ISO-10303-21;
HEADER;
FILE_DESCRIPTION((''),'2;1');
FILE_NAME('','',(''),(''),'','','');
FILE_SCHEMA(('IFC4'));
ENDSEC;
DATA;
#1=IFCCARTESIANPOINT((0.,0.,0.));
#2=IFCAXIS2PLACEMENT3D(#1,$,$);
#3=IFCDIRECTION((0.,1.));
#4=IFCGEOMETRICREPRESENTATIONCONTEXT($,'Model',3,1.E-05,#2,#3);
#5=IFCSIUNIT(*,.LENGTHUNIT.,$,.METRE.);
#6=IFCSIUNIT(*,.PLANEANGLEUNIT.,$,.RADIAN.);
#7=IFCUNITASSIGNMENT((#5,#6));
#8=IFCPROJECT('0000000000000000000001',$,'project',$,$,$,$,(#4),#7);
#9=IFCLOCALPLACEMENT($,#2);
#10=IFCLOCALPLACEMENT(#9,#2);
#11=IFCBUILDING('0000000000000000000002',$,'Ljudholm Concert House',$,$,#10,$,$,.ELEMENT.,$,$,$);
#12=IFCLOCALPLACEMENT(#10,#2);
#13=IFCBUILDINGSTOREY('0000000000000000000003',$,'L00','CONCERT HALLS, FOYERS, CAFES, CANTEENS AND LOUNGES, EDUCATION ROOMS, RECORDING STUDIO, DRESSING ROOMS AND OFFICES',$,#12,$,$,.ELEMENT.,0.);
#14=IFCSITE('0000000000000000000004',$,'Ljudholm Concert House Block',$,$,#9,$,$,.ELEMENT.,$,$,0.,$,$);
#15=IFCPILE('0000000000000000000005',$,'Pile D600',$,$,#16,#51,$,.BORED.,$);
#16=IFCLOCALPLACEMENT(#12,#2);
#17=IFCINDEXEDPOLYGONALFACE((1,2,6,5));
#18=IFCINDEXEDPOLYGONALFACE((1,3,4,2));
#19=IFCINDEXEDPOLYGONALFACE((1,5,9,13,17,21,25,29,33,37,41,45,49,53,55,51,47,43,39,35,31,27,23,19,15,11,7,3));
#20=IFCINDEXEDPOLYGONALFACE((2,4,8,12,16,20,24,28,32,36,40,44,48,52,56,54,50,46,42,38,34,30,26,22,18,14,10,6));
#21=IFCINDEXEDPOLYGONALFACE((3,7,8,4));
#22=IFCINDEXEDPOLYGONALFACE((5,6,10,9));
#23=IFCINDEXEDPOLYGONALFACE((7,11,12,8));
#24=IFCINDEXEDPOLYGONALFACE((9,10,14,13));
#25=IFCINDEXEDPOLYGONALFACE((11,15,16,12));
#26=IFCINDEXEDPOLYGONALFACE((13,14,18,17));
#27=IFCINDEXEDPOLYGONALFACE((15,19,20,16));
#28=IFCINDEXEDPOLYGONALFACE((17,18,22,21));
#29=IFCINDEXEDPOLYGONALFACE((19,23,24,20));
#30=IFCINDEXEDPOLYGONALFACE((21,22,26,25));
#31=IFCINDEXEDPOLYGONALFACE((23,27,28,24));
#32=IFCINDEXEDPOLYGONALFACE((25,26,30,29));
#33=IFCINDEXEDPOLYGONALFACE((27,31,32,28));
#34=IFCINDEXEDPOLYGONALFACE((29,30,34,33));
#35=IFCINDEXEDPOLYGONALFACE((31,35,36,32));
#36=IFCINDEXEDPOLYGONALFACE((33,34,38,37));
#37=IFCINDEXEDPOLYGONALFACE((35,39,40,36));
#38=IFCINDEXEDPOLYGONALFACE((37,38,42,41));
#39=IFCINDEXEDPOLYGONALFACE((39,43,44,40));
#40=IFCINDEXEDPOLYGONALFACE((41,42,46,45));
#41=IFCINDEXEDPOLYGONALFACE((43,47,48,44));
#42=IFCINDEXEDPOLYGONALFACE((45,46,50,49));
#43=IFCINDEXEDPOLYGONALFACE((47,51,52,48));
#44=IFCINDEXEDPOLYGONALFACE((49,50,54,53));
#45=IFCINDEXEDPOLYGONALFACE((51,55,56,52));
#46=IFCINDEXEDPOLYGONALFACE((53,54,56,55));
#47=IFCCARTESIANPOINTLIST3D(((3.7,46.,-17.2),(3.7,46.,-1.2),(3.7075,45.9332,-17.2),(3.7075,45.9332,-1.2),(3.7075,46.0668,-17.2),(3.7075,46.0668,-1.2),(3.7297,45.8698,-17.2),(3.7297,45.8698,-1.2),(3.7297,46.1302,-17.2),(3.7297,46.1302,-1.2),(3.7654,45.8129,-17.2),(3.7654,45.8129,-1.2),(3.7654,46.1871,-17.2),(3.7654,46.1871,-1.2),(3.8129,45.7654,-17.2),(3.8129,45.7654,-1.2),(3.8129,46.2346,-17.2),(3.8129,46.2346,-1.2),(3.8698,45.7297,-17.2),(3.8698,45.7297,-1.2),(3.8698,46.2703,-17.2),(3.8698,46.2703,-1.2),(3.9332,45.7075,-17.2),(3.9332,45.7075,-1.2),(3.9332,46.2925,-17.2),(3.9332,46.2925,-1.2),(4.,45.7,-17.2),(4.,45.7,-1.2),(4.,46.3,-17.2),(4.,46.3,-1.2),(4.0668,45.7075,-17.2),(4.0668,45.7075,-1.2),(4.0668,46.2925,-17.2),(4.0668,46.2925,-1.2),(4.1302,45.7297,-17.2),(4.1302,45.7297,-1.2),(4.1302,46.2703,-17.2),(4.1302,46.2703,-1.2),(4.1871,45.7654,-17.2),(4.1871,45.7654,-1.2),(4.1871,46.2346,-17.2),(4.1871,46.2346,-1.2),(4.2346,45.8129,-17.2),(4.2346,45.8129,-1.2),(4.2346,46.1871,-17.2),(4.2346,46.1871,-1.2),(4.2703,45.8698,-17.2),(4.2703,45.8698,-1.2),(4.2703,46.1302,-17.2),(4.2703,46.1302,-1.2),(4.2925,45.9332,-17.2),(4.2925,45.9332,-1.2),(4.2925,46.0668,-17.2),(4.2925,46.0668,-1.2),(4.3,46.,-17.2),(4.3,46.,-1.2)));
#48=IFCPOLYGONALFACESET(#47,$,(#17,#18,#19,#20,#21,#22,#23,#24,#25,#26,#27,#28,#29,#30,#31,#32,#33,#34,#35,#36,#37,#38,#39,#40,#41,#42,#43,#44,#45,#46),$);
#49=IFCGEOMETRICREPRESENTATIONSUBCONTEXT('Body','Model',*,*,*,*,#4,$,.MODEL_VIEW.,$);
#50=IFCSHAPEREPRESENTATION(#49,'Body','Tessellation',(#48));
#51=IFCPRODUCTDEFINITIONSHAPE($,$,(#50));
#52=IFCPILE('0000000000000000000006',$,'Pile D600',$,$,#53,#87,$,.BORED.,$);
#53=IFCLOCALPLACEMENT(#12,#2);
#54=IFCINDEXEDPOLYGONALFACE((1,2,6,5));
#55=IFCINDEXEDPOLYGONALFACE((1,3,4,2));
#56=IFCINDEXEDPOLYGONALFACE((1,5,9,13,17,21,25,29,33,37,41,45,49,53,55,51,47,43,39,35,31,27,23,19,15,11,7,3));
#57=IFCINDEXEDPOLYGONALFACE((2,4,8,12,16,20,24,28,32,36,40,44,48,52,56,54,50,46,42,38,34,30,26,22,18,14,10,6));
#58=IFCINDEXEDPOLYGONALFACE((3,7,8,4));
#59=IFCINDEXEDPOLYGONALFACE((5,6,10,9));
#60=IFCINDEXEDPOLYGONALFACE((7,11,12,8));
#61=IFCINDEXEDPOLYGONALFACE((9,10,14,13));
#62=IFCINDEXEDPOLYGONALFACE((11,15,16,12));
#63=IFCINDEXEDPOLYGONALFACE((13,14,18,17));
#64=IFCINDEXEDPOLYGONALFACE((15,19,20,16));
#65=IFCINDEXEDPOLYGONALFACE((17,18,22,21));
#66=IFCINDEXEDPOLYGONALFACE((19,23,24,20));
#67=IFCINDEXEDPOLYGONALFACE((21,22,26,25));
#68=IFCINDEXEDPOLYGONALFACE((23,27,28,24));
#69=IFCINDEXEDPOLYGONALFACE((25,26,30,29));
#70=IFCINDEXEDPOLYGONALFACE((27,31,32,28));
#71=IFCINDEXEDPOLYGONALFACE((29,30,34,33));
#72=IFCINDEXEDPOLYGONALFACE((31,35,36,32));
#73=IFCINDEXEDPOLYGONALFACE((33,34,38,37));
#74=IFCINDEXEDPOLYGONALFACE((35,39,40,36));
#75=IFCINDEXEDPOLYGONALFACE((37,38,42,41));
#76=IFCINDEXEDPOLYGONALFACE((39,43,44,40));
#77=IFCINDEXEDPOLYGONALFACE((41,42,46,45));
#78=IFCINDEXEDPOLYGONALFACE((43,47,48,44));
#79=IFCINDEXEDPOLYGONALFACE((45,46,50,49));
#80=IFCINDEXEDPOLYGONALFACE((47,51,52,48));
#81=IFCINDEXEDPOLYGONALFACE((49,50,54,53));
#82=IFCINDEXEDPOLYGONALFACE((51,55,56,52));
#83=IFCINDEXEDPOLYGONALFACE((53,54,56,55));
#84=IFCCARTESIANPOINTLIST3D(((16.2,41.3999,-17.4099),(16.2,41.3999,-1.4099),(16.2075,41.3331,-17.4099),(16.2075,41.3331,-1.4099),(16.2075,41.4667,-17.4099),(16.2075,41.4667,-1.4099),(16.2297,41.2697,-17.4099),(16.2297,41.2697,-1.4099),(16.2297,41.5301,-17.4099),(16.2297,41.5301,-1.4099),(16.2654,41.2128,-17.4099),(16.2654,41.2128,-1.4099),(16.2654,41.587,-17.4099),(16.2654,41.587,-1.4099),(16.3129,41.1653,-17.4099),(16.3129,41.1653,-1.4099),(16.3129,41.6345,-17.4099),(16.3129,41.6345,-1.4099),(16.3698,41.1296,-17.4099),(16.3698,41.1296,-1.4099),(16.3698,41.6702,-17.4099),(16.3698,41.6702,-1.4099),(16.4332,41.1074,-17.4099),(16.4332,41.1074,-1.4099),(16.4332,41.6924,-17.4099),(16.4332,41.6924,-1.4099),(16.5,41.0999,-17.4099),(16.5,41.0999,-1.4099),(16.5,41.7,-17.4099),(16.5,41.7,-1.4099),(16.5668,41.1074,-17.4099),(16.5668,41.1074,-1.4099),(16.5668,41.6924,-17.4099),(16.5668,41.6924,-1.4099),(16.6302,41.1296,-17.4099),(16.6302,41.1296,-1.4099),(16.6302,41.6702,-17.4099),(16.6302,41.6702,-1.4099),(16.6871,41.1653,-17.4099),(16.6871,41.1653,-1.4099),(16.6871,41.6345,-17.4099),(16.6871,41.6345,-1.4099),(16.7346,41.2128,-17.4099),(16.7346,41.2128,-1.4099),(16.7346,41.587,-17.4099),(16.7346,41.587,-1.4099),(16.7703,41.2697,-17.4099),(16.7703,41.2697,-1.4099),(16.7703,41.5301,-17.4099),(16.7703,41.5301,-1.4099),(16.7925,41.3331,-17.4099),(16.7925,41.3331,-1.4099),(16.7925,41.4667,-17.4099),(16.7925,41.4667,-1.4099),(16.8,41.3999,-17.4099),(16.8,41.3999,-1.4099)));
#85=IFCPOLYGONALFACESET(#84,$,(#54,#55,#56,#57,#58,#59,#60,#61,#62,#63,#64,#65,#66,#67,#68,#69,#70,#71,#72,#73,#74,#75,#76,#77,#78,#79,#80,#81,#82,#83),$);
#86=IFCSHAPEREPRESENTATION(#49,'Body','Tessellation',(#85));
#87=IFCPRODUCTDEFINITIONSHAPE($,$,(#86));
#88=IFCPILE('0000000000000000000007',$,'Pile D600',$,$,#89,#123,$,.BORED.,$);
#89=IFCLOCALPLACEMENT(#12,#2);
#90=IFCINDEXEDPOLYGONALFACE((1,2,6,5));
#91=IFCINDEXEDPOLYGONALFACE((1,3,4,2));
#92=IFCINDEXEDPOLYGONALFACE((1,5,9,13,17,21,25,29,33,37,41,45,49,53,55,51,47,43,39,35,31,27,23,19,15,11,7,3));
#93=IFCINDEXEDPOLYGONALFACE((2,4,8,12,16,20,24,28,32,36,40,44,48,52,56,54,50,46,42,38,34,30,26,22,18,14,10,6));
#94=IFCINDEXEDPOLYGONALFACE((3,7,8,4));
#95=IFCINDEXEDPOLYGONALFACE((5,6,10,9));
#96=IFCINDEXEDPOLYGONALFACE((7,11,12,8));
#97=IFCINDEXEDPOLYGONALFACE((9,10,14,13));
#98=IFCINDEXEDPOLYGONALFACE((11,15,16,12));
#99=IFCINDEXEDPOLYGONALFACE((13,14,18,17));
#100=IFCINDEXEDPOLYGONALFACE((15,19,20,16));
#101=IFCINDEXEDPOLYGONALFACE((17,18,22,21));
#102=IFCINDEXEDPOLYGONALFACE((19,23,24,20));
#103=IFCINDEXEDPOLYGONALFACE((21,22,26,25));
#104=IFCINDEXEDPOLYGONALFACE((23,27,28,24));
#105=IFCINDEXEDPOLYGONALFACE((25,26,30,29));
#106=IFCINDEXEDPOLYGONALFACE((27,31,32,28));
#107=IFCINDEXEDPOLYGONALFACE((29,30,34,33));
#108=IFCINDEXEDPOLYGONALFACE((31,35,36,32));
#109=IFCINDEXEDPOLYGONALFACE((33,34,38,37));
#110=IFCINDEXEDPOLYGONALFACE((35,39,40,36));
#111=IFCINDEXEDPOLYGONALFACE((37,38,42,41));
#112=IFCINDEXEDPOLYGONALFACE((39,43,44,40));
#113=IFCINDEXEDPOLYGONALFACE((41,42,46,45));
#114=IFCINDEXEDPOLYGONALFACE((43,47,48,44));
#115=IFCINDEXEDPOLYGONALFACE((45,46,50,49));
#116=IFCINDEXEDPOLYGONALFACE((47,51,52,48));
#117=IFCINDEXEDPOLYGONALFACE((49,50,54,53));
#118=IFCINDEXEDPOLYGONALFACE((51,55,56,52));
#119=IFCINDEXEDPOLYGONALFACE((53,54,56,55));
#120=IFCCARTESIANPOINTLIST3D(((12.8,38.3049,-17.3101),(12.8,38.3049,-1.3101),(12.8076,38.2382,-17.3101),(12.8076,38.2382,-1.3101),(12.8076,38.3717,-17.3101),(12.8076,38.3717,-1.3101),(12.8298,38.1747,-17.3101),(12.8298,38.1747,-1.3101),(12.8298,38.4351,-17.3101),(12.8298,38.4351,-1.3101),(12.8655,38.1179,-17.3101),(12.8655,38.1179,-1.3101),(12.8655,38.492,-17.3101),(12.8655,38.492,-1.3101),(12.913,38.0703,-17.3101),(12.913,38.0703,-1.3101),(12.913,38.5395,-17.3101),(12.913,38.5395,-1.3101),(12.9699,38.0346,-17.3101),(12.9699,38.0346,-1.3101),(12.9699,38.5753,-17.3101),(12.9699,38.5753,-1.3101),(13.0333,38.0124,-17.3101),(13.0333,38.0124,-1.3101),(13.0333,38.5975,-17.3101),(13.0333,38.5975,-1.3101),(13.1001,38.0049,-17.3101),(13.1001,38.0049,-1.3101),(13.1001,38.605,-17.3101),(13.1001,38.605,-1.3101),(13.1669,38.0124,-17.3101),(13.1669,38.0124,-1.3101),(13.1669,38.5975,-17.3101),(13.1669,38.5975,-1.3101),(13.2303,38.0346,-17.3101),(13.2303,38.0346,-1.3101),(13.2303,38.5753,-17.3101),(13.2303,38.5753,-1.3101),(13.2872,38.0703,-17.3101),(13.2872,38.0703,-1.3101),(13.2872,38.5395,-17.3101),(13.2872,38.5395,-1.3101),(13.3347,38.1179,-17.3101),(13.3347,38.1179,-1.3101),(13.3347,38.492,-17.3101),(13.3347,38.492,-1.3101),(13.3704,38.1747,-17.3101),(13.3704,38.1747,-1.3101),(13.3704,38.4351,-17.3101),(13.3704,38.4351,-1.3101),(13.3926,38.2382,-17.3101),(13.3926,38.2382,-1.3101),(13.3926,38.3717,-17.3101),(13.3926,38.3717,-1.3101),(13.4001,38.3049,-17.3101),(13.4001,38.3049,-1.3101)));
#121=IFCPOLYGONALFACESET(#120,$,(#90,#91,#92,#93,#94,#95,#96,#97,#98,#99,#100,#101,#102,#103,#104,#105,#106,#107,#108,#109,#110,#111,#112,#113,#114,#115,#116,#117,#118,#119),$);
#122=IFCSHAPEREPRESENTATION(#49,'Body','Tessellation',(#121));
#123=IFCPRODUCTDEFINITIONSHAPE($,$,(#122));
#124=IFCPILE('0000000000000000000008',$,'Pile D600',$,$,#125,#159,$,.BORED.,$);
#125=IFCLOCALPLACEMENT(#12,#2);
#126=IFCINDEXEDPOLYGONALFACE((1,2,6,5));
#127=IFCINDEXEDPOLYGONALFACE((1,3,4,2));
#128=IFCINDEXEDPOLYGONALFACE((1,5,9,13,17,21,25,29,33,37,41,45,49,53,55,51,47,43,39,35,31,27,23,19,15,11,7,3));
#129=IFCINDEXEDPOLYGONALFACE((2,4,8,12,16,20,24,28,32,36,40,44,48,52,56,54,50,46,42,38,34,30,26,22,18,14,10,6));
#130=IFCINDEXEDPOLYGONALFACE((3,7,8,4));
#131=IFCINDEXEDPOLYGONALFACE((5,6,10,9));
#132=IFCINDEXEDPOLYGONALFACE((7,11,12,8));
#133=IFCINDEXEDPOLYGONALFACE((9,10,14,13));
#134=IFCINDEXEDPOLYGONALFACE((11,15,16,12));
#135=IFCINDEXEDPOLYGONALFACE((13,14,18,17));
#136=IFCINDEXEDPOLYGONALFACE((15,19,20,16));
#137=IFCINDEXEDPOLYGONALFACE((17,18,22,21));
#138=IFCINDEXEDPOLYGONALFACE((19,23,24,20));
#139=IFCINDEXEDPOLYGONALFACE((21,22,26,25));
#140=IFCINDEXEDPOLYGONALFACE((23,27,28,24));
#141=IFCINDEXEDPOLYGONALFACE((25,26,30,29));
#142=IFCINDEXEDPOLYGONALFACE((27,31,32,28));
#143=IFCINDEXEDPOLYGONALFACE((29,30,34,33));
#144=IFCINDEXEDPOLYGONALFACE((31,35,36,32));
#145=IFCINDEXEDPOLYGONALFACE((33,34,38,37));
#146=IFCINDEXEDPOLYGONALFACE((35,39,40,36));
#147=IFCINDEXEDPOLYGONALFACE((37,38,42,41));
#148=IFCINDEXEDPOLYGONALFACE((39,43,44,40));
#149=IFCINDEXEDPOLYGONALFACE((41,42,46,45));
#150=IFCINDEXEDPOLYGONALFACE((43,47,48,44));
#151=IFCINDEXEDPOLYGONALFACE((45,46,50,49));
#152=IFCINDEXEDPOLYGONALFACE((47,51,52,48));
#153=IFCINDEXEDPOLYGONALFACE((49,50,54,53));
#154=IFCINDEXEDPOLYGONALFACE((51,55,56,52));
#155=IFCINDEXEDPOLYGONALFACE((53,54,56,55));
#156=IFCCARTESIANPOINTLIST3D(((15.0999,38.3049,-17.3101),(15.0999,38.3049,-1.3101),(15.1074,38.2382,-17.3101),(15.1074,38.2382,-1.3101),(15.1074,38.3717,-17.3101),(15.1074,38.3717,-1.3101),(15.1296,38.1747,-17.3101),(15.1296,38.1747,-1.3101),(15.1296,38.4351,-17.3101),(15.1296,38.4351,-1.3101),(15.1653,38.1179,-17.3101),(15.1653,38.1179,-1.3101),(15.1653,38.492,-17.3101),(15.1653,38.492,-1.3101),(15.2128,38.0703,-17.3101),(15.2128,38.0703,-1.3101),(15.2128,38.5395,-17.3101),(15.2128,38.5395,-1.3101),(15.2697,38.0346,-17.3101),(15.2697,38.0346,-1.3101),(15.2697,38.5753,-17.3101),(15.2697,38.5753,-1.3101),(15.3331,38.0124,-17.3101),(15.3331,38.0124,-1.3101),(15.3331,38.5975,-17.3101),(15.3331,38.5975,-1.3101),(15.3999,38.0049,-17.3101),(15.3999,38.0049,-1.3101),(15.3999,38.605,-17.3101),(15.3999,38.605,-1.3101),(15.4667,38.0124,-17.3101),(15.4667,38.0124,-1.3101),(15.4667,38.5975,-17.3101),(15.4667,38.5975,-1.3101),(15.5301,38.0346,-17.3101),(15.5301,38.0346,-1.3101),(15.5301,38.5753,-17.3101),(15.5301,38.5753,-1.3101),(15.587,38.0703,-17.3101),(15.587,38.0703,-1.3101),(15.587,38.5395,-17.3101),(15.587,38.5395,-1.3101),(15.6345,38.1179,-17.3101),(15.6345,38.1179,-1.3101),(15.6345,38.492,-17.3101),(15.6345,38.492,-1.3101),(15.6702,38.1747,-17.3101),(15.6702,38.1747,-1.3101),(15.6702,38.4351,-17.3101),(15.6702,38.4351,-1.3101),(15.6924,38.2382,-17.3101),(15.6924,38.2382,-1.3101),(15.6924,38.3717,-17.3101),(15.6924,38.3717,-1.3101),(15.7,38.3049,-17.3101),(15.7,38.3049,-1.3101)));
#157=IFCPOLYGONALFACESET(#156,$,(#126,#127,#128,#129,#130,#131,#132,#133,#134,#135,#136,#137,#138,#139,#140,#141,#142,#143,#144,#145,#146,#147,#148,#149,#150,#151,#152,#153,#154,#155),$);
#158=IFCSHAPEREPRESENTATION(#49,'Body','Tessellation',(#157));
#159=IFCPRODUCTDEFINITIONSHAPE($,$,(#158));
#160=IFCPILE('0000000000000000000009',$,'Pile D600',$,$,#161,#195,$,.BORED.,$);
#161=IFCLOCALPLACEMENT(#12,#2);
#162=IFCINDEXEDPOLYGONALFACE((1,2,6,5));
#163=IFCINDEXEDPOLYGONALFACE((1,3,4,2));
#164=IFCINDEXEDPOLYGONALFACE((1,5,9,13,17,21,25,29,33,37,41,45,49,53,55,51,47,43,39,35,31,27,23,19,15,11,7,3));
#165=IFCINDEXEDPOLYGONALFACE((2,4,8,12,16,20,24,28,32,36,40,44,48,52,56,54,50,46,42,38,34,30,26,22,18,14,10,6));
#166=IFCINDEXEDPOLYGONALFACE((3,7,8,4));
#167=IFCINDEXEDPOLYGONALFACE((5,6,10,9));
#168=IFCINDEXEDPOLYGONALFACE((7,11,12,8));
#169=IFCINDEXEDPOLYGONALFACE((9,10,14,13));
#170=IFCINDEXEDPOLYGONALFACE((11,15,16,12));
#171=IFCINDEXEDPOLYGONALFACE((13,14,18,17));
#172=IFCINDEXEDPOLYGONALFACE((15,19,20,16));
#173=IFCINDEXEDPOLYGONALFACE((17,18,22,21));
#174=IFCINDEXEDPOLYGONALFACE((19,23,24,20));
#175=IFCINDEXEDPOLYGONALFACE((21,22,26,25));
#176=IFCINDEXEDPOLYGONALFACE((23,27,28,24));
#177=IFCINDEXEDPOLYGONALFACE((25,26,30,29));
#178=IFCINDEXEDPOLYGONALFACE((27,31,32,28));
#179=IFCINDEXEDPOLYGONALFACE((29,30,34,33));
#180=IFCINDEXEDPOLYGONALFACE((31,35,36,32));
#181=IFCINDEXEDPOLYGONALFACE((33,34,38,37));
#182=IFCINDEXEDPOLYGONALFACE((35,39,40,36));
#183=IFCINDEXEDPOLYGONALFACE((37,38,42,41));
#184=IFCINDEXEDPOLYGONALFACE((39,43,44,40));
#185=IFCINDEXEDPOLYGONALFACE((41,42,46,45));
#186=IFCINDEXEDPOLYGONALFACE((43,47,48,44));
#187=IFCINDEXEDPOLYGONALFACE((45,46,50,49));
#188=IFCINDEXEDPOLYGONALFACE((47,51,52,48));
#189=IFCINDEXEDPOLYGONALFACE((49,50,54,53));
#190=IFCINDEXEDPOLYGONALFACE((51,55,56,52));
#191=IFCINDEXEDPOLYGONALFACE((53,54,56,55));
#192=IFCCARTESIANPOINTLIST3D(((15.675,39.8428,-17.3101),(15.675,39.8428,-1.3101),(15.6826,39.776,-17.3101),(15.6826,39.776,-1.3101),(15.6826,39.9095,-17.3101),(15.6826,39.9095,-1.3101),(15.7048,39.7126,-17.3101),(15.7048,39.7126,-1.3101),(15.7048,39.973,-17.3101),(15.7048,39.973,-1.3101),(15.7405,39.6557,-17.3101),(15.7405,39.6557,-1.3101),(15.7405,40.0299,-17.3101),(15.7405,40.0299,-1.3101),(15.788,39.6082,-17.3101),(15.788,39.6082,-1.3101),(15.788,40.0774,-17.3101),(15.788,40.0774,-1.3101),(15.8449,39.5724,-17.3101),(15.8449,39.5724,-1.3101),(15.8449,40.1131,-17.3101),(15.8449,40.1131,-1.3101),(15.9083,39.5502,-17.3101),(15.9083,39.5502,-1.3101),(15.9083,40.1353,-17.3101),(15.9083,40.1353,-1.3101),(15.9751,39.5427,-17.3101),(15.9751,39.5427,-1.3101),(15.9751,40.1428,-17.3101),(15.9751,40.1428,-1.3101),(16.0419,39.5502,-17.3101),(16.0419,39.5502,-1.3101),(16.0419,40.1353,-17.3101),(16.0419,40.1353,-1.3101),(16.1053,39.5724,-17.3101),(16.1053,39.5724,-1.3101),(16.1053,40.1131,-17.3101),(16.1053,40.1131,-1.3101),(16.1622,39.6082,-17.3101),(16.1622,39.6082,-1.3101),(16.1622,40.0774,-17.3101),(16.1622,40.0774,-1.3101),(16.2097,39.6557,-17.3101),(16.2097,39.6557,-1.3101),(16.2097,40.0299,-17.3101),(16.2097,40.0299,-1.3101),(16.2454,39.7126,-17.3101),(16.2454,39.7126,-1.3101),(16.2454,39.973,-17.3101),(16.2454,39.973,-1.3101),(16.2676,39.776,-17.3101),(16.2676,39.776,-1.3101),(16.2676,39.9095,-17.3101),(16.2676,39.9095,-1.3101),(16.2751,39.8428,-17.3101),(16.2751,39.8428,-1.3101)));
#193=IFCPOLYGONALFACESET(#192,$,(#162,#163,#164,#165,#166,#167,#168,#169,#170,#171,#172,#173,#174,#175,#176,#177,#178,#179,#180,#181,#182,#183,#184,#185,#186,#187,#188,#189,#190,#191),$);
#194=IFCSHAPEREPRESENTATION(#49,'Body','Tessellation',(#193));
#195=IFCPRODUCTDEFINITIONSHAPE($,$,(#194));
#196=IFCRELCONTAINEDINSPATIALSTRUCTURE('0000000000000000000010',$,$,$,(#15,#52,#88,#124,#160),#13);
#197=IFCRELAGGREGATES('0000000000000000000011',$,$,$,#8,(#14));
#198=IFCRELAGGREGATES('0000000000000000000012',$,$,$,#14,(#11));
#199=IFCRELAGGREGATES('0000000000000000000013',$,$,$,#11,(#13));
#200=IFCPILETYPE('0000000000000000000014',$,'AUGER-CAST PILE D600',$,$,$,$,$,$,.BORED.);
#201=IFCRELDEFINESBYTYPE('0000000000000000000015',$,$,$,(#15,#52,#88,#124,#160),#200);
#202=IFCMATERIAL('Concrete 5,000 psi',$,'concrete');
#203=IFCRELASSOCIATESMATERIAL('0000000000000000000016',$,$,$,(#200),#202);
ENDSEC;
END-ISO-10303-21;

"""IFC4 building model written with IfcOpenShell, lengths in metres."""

from ifc_helpers import new_model, si_unit, direction, frame, origin, origin_2d, place, context, subcontext, project, spatial, circle, extrude, material, material_profile, profile_set, type_object, element, save


model = new_model("IFC4")

# Units and contexts
model_context = context("Model", 3, precision=1e-05, world=origin(), true_north=direction((0.0, 1.0)))
body_context = subcontext(model_context, "Body", "Model", "MODEL_VIEW")
ifc_project = project(units=[si_unit("LENGTHUNIT", "METRE"), si_unit("PLANEANGLEUNIT", "RADIAN")], contexts=[model_context])

# Site, building, storey
site_placement = place(None, origin())
site = spatial("IfcSite", under=ifc_project, at=site_placement, Name="Ljudholm Concert House Block", CompositionType="ELEMENT", RefElevation=0.0)
building_placement = place(site_placement, origin())
building = spatial("IfcBuilding", under=site, at=building_placement, Name="Ljudholm Concert House", CompositionType="ELEMENT")
storey_placement = place(building_placement, origin())
storey = spatial("IfcBuildingStorey", under=building, at=storey_placement, Name="L00", Description="CONCERT HALLS, FOYERS, CAFES, CANTEENS AND LOUNGES, EDUCATION ROOMS, RECORDING STUDIO, DRESSING ROOMS AND OFFICES", CompositionType="ELEMENT", Elevation=0.0)

# Piles
ifc_material_1 = material(Name="Concrete 5,000 psi", Category="concrete")
ifc_material_profile_1 = material_profile(ifc_material_1, circle(Radius=0.3, at=origin_2d()), Name="AUGER-CAST PILE D600")
ifc_profile_set_1 = profile_set([ifc_material_profile_1], Name="Concrete 5,000 psi")
pile_type = type_object("IfcPileType", Name="AUGER-CAST PILE D600", PredefinedType="BORED", material=ifc_profile_set_1)
for number, where, z_axis, x_axis, name in (
    (1, (4.0, 46.0, -1.2), (0.0, 0.0, -1.0), (1.0, 0.0, 0.0), "Pile D600"),
    (2, (16.5, 41.3999, -1.4099), (0.0, 0.0, -1.0), (1.0, 0.0, 0.0), "Pile D600"),
    (3, (13.1001, 38.3049, -1.3101), (0.0, 0.0, -1.0), (1.0, 0.0, 0.0), "Pile D600"),
    (4, (15.3999, 38.3049, -1.3101), (0.0, 0.0, -1.0), (1.0, 0.0, 0.0), "Pile D600"),
    (5, (15.9751, 39.8428, -1.3101), (0.0, 0.0, -1.0), (1.0, 0.0, 0.0), "Pile D600"),
):
    element("IfcPile", number, at=place(storey_placement, frame(where, z_axis=z_axis, x_axis=x_axis)), inside=storey, type_object=pile_type, Name=name, PredefinedType="BORED", context=body_context, shape_type="SweptSolid", body=[
        extrude(circle(Radius=0.3, at=origin_2d()), origin(), (0.0, 0.0, 1.0), 16.0),
    ])

save(model, "model.ifc")
